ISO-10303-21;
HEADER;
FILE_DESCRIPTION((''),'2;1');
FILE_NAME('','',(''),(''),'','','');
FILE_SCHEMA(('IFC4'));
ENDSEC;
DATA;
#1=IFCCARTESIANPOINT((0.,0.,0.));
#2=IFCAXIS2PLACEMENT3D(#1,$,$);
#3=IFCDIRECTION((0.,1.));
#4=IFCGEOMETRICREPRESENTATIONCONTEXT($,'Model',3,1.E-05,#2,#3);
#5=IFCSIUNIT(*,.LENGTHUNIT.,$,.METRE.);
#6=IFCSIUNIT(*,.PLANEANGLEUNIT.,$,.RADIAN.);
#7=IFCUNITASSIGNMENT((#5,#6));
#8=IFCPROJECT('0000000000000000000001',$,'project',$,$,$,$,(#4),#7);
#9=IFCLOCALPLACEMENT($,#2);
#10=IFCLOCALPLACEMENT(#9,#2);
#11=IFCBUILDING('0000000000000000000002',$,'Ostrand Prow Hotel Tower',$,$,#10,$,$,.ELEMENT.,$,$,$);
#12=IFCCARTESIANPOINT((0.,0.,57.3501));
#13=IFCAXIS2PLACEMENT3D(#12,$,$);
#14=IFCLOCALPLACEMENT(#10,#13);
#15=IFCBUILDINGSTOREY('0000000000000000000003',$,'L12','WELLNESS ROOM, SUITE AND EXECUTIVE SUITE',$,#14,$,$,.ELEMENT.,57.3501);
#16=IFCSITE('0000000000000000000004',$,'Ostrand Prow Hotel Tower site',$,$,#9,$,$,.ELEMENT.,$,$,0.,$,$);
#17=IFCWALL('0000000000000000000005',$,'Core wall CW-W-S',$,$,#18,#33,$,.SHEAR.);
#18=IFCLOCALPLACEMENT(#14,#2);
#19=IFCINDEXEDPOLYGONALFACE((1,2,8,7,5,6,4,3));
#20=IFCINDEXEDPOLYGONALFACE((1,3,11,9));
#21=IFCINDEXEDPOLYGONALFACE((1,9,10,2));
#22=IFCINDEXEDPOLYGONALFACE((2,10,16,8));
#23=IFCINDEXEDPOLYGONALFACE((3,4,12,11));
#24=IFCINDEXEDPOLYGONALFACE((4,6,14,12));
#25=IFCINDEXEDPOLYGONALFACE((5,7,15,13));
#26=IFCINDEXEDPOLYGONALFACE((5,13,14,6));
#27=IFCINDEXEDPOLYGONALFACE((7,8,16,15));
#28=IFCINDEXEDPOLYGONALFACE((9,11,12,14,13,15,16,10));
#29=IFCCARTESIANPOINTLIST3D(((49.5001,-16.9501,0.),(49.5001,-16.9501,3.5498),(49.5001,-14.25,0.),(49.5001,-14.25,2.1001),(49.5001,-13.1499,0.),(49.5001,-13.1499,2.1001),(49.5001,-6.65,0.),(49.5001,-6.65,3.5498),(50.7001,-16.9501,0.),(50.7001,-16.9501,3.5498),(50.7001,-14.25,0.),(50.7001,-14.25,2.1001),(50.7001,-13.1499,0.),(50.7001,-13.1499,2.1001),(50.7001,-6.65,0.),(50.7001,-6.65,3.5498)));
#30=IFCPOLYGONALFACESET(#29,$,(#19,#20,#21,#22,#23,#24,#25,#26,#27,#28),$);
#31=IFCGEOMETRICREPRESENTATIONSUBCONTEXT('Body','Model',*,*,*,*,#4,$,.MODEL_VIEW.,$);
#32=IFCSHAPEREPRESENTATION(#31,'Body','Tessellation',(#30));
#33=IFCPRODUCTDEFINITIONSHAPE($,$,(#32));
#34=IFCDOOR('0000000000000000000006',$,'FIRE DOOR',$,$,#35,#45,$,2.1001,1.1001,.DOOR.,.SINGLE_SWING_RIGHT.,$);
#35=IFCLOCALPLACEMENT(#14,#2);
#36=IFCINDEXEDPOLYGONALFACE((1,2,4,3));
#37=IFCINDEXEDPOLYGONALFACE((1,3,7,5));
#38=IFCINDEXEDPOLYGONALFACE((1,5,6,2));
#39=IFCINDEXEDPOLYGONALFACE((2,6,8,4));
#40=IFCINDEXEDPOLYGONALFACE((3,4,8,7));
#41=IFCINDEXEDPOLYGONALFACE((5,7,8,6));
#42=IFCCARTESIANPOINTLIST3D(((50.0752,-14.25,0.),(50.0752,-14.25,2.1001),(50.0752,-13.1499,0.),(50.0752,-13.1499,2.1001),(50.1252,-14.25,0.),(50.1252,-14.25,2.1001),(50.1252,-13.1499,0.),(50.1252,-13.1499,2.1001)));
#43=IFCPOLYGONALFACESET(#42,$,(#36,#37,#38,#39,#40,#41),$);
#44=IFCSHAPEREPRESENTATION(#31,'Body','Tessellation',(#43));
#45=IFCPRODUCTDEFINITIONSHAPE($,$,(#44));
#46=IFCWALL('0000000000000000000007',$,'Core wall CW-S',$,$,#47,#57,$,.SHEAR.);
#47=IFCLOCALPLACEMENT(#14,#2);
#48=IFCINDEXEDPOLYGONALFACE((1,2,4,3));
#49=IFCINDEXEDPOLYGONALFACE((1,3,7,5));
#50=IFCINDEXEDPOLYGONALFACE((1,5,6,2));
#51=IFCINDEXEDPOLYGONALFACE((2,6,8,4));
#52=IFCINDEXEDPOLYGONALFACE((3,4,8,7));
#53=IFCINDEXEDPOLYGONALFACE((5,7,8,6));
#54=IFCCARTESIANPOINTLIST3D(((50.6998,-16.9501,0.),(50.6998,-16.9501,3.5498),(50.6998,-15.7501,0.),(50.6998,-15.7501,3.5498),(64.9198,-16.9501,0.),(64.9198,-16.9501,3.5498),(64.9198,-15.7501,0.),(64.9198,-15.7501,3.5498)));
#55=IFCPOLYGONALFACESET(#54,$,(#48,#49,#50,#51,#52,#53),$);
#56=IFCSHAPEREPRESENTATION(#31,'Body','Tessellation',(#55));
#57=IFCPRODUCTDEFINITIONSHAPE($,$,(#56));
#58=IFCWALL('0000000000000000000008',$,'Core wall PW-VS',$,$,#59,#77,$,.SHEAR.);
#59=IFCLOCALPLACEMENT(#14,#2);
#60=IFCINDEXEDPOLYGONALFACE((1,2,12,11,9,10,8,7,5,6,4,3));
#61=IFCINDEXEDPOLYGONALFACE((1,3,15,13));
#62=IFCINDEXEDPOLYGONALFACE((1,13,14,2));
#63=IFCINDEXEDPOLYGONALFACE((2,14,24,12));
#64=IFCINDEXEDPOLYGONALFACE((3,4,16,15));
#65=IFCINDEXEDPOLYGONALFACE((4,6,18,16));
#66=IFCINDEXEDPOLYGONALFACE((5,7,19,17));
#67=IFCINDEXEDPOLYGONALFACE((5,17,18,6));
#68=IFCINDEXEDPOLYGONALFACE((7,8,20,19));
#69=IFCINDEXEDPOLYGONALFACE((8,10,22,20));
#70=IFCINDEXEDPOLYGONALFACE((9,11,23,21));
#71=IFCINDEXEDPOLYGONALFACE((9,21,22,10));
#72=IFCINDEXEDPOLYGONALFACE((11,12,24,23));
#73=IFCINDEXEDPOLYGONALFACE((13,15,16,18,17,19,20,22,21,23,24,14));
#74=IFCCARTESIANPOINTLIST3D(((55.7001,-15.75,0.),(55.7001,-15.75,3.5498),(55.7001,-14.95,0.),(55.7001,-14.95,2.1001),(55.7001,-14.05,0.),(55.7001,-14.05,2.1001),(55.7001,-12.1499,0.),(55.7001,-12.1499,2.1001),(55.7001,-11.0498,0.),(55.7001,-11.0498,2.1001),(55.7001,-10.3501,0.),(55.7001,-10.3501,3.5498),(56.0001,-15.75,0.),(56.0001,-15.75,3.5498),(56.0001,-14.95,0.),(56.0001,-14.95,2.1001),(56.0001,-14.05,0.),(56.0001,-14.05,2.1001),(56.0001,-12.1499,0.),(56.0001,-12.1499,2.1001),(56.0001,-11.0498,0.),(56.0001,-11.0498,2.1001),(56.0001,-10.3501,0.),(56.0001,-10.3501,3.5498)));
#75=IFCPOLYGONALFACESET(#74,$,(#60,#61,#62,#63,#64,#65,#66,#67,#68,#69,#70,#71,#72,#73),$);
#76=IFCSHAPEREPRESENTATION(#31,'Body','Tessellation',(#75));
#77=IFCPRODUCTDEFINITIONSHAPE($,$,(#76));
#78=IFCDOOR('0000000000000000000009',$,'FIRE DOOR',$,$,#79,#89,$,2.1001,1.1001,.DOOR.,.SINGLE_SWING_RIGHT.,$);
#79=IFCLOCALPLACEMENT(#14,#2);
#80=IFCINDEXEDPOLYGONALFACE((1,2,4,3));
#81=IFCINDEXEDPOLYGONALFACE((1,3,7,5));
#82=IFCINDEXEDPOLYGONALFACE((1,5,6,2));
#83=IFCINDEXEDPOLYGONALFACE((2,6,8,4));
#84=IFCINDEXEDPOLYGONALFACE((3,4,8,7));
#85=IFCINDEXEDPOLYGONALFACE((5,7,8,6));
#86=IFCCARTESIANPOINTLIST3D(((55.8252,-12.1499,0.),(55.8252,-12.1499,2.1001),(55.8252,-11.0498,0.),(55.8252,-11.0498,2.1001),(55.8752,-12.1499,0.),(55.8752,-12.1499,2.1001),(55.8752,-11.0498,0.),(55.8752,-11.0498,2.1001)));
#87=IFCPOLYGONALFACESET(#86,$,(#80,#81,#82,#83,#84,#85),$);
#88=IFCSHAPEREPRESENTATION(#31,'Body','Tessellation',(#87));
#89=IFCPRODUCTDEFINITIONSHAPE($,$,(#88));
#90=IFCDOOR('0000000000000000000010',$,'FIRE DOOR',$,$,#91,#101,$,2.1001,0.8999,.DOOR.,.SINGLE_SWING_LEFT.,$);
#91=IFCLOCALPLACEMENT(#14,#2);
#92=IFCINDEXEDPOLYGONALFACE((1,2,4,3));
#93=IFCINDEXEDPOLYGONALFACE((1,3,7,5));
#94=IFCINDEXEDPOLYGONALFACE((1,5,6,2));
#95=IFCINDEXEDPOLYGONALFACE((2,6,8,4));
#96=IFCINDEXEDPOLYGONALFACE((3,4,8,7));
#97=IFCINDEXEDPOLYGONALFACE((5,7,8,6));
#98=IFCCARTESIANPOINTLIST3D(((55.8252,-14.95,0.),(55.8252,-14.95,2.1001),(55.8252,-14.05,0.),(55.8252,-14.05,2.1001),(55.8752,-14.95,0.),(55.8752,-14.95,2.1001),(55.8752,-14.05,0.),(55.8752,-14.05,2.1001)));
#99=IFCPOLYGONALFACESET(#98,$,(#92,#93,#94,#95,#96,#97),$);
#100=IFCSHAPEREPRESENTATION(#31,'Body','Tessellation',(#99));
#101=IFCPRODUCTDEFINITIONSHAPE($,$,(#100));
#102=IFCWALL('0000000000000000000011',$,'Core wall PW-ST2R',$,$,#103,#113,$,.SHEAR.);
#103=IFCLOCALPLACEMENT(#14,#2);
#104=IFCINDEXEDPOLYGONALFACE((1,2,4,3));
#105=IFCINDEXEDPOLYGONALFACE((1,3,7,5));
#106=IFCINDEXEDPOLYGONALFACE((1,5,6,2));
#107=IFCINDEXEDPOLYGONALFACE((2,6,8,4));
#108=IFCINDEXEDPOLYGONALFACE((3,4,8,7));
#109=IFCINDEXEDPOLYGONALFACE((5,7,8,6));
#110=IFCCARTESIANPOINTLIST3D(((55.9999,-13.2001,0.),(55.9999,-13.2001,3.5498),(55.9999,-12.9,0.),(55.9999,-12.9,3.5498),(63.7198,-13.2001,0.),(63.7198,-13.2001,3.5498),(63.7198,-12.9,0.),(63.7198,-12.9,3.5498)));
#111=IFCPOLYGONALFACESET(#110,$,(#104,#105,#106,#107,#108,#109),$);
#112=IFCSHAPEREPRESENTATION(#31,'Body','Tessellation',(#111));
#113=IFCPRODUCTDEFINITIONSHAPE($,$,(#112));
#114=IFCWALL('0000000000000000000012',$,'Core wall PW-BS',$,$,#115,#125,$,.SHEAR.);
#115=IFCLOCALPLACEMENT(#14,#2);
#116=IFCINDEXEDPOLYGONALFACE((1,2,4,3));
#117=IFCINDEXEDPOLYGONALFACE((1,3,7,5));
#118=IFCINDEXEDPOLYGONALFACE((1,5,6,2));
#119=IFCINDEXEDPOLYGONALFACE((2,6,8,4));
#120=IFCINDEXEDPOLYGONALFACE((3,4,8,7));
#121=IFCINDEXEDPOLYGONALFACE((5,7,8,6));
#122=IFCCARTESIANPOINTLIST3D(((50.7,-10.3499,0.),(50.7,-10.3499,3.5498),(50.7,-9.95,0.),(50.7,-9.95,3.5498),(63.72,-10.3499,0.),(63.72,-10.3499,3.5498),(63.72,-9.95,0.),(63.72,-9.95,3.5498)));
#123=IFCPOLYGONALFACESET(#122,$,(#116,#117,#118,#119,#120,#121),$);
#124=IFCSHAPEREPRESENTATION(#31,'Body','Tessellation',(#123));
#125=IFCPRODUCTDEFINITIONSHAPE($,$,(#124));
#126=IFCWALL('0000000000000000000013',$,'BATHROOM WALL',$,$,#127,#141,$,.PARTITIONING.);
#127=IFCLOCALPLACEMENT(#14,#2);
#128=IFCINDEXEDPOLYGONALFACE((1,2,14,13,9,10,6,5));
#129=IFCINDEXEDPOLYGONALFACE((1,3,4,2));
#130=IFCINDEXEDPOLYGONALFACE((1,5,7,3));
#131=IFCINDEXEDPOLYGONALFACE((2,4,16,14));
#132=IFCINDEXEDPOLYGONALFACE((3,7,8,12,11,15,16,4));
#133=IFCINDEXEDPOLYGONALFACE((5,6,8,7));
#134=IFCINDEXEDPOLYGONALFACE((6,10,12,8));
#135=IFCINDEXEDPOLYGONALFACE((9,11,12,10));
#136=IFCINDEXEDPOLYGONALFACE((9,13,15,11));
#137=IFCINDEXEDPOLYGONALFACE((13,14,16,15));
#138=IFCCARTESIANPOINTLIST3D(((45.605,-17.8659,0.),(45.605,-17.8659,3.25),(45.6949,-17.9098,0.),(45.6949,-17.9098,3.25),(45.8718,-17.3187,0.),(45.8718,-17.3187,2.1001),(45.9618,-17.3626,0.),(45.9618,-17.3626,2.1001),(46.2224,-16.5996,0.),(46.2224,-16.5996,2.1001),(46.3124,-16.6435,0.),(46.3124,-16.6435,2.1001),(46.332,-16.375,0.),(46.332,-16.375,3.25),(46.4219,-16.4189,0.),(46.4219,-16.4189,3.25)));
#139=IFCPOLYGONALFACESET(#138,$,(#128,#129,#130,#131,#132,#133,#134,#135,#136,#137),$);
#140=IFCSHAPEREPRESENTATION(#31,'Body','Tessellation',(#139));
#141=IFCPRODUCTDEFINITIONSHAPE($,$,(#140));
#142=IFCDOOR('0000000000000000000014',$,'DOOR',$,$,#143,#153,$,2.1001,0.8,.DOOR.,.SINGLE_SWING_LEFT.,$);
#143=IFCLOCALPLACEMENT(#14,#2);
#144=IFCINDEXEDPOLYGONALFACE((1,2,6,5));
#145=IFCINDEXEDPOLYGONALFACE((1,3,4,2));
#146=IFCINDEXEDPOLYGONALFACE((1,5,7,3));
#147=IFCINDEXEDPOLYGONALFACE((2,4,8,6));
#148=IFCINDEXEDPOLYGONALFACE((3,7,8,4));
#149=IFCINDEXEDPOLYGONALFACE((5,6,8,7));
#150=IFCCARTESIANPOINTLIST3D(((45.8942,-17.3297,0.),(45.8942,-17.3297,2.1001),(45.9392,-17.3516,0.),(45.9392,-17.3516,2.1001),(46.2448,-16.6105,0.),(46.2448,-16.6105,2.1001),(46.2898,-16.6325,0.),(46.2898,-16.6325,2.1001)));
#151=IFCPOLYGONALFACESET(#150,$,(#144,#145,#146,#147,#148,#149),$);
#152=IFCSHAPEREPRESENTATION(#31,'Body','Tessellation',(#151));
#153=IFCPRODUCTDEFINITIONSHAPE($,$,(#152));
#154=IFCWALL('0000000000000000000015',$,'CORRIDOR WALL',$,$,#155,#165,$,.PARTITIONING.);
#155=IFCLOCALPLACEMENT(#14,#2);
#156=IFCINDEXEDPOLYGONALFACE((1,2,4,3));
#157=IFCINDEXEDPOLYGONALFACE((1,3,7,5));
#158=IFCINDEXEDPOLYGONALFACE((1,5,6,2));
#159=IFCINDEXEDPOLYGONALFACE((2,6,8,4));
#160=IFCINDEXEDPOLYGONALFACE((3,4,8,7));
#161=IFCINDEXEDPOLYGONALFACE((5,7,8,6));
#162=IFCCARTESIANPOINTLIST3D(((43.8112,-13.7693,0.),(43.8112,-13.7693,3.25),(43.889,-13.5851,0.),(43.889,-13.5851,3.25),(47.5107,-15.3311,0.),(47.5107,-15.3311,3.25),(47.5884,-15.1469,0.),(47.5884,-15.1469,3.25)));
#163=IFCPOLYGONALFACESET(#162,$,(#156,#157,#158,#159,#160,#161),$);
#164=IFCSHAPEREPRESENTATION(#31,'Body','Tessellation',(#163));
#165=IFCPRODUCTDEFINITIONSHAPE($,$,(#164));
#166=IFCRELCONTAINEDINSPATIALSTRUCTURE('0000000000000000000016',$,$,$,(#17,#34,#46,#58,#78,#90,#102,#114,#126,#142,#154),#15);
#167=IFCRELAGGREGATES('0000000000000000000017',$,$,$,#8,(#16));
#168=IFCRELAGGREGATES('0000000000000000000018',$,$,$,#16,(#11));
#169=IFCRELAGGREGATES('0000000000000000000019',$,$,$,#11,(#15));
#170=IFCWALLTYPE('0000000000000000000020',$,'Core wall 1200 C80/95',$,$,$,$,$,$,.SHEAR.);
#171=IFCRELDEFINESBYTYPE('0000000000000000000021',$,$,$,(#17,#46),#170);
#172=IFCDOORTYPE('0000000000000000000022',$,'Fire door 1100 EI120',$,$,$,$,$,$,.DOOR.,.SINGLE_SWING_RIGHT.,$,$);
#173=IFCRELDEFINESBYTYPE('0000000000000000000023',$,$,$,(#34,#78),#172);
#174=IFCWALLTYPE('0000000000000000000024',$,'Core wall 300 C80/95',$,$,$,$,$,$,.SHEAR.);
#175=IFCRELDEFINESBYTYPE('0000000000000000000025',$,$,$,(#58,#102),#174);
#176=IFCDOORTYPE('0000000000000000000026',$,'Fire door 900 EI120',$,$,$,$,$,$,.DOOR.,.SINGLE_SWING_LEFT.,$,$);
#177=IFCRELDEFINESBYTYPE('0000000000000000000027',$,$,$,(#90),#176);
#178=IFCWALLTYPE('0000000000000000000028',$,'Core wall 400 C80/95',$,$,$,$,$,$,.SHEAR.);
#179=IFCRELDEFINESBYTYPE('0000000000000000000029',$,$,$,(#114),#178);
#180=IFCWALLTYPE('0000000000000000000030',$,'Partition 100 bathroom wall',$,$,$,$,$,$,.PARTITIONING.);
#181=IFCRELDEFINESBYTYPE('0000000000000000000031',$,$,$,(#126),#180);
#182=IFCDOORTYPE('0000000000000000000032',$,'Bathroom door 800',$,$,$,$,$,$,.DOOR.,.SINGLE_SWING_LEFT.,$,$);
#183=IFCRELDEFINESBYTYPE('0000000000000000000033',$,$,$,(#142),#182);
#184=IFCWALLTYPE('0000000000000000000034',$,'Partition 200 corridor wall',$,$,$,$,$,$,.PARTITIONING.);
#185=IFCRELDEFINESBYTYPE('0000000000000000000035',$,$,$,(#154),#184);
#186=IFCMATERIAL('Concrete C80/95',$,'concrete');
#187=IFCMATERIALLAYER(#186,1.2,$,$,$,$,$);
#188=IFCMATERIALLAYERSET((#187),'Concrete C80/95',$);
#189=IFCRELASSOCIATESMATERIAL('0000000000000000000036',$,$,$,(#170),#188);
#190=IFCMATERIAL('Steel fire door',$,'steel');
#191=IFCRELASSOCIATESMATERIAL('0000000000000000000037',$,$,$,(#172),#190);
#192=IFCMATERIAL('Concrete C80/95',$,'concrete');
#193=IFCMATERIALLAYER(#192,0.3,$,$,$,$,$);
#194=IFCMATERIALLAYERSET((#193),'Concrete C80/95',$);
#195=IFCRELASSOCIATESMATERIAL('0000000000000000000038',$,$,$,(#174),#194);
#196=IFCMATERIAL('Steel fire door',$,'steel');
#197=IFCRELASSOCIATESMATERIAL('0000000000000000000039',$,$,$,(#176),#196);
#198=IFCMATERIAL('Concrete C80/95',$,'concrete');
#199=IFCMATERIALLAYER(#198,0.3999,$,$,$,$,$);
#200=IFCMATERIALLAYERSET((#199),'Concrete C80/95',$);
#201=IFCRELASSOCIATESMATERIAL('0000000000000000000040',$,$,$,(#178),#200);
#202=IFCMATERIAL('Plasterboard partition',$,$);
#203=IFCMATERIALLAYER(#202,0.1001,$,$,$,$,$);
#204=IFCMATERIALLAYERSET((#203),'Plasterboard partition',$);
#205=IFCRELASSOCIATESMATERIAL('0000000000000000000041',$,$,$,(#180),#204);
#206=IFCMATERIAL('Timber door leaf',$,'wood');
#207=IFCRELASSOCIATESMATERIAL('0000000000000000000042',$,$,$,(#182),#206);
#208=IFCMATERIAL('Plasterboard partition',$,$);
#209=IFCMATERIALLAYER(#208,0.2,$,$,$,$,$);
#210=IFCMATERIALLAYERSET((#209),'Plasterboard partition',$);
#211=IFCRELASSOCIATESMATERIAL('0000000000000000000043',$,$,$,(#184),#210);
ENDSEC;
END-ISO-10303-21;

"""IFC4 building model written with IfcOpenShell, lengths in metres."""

from ifc_helpers import new_model, si_unit, direction, frame, frame_2d, origin, place, context, subcontext, project, spatial, rectangle, extrude, material, layer, layer_set, type_object, element, fill, save


model = new_model("IFC4")

# Units and contexts
model_context = context("Model", 3, precision=1e-05, world=origin(), true_north=direction((0.0, 1.0)))
body_context = subcontext(model_context, "Body", "Model", "MODEL_VIEW")
ifc_project = project(units=[si_unit("LENGTHUNIT", "METRE"), si_unit("PLANEANGLEUNIT", "RADIAN")], contexts=[model_context])

# Site, building, storey
site_placement = place(None, origin())
site = spatial("IfcSite", under=ifc_project, at=site_placement, Name="Ostrand Prow Hotel Tower site", CompositionType="ELEMENT", RefElevation=0.0)
building_placement = place(site_placement, origin())
building = spatial("IfcBuilding", under=site, at=building_placement, Name="Ostrand Prow Hotel Tower", CompositionType="ELEMENT")
storey_placement = place(building_placement, frame((0.0, 0.0, 57.3501)))
storey = spatial("IfcBuildingStorey", under=building, at=storey_placement, Name="L12", Description="WELLNESS ROOM, SUITE AND EXECUTIVE SUITE", CompositionType="ELEMENT", Elevation=57.3501)

# Wall, opening, door
ifc_material_1 = material(Name="Concrete C80/95", Category="concrete")
ifc_layer_1 = layer(ifc_material_1, 1.2)
ifc_layer_set_1 = layer_set([ifc_layer_1], Name="Concrete C80/95")
wall_type_1 = type_object("IfcWallType", Name="Core wall 1200 C80/95", PredefinedType="SHEAR", material=ifc_layer_set_1)
wall_1_placement = place(storey_placement, frame((50.1001, -16.95, 0.0), z_axis=(0.0, 0.0, 1.0), x_axis=(0.0, 1.0, 0.0)))
wall_1 = element("IfcWall", 1, at=wall_1_placement, inside=storey, type_object=wall_type_1, Name="Core wall CW-W-S", PredefinedType="SHEAR", context=body_context, shape_type="SweptSolid", body=[
    extrude(rectangle(XDim=10.3, YDim=1.2, at=frame_2d((5.1499, 0.0))), origin(), (0.0, 0.0, 1.0), 3.5498),
])
opening_1_placement = place(wall_1_placement, frame((2.7, 0.0, 0.0)))
opening_1 = element("IfcOpeningElement", 2, at=opening_1_placement, cuts=wall_1, PredefinedType="OPENING", context=body_context, shape_type="SweptSolid", body=[
    extrude(rectangle(XDim=1.1001, YDim=2.1001, at=frame_2d((0.55, 1.05))), frame((0.0, 0.6099, 0.0), z_axis=(0.0, -1.0, 0.0), x_axis=(1.0, 0.0, 0.0)), (0.0, 0.0, 1.0), 1.22),
])
ifc_material_2 = material(Name="Steel fire door", Category="steel")
door_type_1 = type_object("IfcDoorType", Name="Fire door 1100 EI120", OperationType="SINGLE_SWING_RIGHT", PredefinedType="DOOR", material=ifc_material_2)
door_1_placement = place(opening_1_placement, origin())
door_1 = element("IfcDoor", 3, at=door_1_placement, inside=storey, type_object=door_type_1, Name="FIRE DOOR", OperationType="SINGLE_SWING_RIGHT", OverallHeight=2.1001, OverallWidth=1.1001, PredefinedType="DOOR", context=body_context, shape_type="SweptSolid", body=[
    extrude(rectangle(XDim=1.1001, YDim=2.1001, at=frame_2d((0.55, 1.05))), frame((0.0, 0.0249, 0.0), z_axis=(0.0, -1.0, 0.0), x_axis=(1.0, 0.0, 0.0)), (0.0, 0.0, 1.0), 0.05),
])
fill(opening_1, door_1)

# Wall
wall_2_placement = place(storey_placement, frame((50.7, -16.3501, 0.0), z_axis=(0.0, 0.0, 1.0), x_axis=(1.0, 0.0, 0.0)))
element("IfcWall", 4, at=wall_2_placement, inside=storey, type_object=wall_type_1, Name="Core wall CW-S", PredefinedType="SHEAR", context=body_context, shape_type="SweptSolid", body=[
    extrude(rectangle(XDim=14.22, YDim=1.2, at=frame_2d((7.1099, 0.0))), origin(), (0.0, 0.0, 1.0), 3.5498),
])

# Wall, openings, doors
ifc_material_3 = material(Name="Concrete C80/95", Category="concrete")
ifc_layer_2 = layer(ifc_material_3, 0.3)
ifc_layer_set_2 = layer_set([ifc_layer_2], Name="Concrete C80/95")
wall_type_2 = type_object("IfcWallType", Name="Core wall 300 C80/95", PredefinedType="SHEAR", material=ifc_layer_set_2)
wall_3_placement = place(storey_placement, frame((55.8501, -15.75, 0.0), z_axis=(0.0, 0.0, 1.0), x_axis=(0.0, 1.0, 0.0)))
wall_3 = element("IfcWall", 5, at=wall_3_placement, inside=storey, type_object=wall_type_2, Name="Core wall PW-VS", PredefinedType="SHEAR", context=body_context, shape_type="SweptSolid", body=[
    extrude(rectangle(XDim=5.3999, YDim=0.3, at=frame_2d((2.7, 0.0))), origin(), (0.0, 0.0, 1.0), 3.5498),
])
opening_2_placement = place(wall_3_placement, frame((3.6001, 0.0, 0.0)))
opening_2 = element("IfcOpeningElement", 6, at=opening_2_placement, cuts=wall_3, PredefinedType="OPENING", context=body_context, shape_type="SweptSolid", body=[
    extrude(rectangle(XDim=1.1001, YDim=2.1001, at=frame_2d((0.55, 1.05))), frame((0.0, 0.1599, 0.0), z_axis=(0.0, -1.0, 0.0), x_axis=(1.0, 0.0, 0.0)), (0.0, 0.0, 1.0), 0.3201),
])
opening_3_placement = place(wall_3_placement, frame((0.8, 0.0, 0.0)))
opening_3 = element("IfcOpeningElement", 7, at=opening_3_placement, cuts=wall_3, PredefinedType="OPENING", context=body_context, shape_type="SweptSolid", body=[
    extrude(rectangle(XDim=0.8999, YDim=2.1001, at=frame_2d((0.45, 1.05))), frame((0.0, 0.1599, 0.0), z_axis=(0.0, -1.0, 0.0), x_axis=(1.0, 0.0, 0.0)), (0.0, 0.0, 1.0), 0.3201),
])
door_2_placement = place(opening_2_placement, origin())
door_2 = element("IfcDoor", 8, at=door_2_placement, inside=storey, type_object=door_type_1, Name="FIRE DOOR", OperationType="SINGLE_SWING_RIGHT", OverallHeight=2.1001, OverallWidth=1.1001, PredefinedType="DOOR", context=body_context, shape_type="SweptSolid", body=[
    extrude(rectangle(XDim=1.1001, YDim=2.1001, at=frame_2d((0.55, 1.05))), frame((0.0, 0.0249, 0.0), z_axis=(0.0, -1.0, 0.0), x_axis=(1.0, 0.0, 0.0)), (0.0, 0.0, 1.0), 0.05),
])
fill(opening_2, door_2)
ifc_material_4 = material(Name="Steel fire door", Category="steel")
door_type_2 = type_object("IfcDoorType", Name="Fire door 900 EI120", OperationType="SINGLE_SWING_LEFT", PredefinedType="DOOR", material=ifc_material_4)
door_3_placement = place(opening_3_placement, origin())
door_3 = element("IfcDoor", 9, at=door_3_placement, inside=storey, type_object=door_type_2, Name="FIRE DOOR", OperationType="SINGLE_SWING_LEFT", OverallHeight=2.1001, OverallWidth=0.8999, PredefinedType="DOOR", context=body_context, shape_type="SweptSolid", body=[
    extrude(rectangle(XDim=0.8999, YDim=2.1001, at=frame_2d((0.45, 1.05))), frame((0.0, 0.0249, 0.0), z_axis=(0.0, -1.0, 0.0), x_axis=(1.0, 0.0, 0.0)), (0.0, 0.0, 1.0), 0.05),
])
fill(opening_3, door_3)

# Walls
wall_4_placement = place(storey_placement, frame((56.0, -13.05, 0.0), z_axis=(0.0, 0.0, 1.0), x_axis=(1.0, 0.0, 0.0)))
element("IfcWall", 10, at=wall_4_placement, inside=storey, type_object=wall_type_2, Name="Core wall PW-ST2R", PredefinedType="SHEAR", context=body_context, shape_type="SweptSolid", body=[
    extrude(rectangle(XDim=7.72, YDim=0.3, at=frame_2d((3.8599, 0.0))), origin(), (0.0, 0.0, 1.0), 3.5498),
])
ifc_material_5 = material(Name="Concrete C80/95", Category="concrete")
ifc_layer_3 = layer(ifc_material_5, 0.3999)
ifc_layer_set_3 = layer_set([ifc_layer_3], Name="Concrete C80/95")
wall_type_3 = type_object("IfcWallType", Name="Core wall 400 C80/95", PredefinedType="SHEAR", material=ifc_layer_set_3)
wall_5_placement = place(storey_placement, frame((50.7, -10.1499, 0.0), z_axis=(0.0, 0.0, 1.0), x_axis=(1.0, 0.0, 0.0)))
element("IfcWall", 11, at=wall_5_placement, inside=storey, type_object=wall_type_3, Name="Core wall PW-BS", PredefinedType="SHEAR", context=body_context, shape_type="SweptSolid", body=[
    extrude(rectangle(XDim=13.02, YDim=0.3999, at=frame_2d((6.51, 0.0))), origin(), (0.0, 0.0, 1.0), 3.5498),
])

# Wall, opening, door
ifc_material_6 = material(Name="Plasterboard partition")
ifc_layer_4 = layer(ifc_material_6, 0.1001)
ifc_layer_set_4 = layer_set([ifc_layer_4], Name="Plasterboard partition")
wall_type_4 = type_object("IfcWallType", Name="Partition 100 bathroom wall", PredefinedType="PARTITIONING", material=ifc_layer_set_4)
wall_6_placement = place(storey_placement, frame((46.377, -16.397, 0.0), z_axis=(0.0, 0.0, 1.0), x_axis=(-0.438302, -0.898828, 0.0)))
wall_6 = element("IfcWall", 12, at=wall_6_placement, inside=storey, type_object=wall_type_4, Name="BATHROOM WALL", PredefinedType="PARTITIONING", context=body_context, shape_type="SweptSolid", body=[
    extrude(rectangle(XDim=1.6587, YDim=0.1001, at=frame_2d((0.8293, 0.0))), origin(), (0.0, 0.0, 1.0), 3.25),
])
opening_4_placement = place(wall_6_placement, frame((0.25, 0.0, 0.0)))
opening_4 = element("IfcOpeningElement", 13, at=opening_4_placement, cuts=wall_6, PredefinedType="OPENING", context=body_context, shape_type="SweptSolid", body=[
    extrude(rectangle(XDim=0.8, YDim=2.1001, at=frame_2d((0.3999, 1.05))), frame((0.0, 0.0601, 0.0), z_axis=(0.0, -1.0, 0.0), x_axis=(1.0, 0.0, 0.0)), (0.0, 0.0, 1.0), 0.1201),
])
ifc_material_7 = material(Name="Timber door leaf", Category="wood")
door_type_3 = type_object("IfcDoorType", Name="Bathroom door 800", OperationType="SINGLE_SWING_LEFT", PredefinedType="DOOR", material=ifc_material_7)
door_4_placement = place(opening_4_placement, origin())
door_4 = element("IfcDoor", 14, at=door_4_placement, inside=storey, type_object=door_type_3, Name="DOOR", OperationType="SINGLE_SWING_LEFT", OverallHeight=2.1001, OverallWidth=0.8, PredefinedType="DOOR", context=body_context, shape_type="SweptSolid", body=[
    extrude(rectangle(XDim=0.8, YDim=2.1001, at=frame_2d((0.3999, 1.05))), frame((0.0, 0.0249, 0.0), z_axis=(0.0, -1.0, 0.0), x_axis=(1.0, 0.0, 0.0)), (0.0, 0.0, 1.0), 0.05),
])
fill(opening_4, door_4)

# Wall
ifc_material_8 = material(Name="Plasterboard partition")
ifc_layer_5 = layer(ifc_material_8, 0.2)
ifc_layer_set_5 = layer_set([ifc_layer_5], Name="Plasterboard partition")
wall_type_5 = type_object("IfcWallType", Name="Partition 200 corridor wall", PredefinedType="PARTITIONING", material=ifc_layer_set_5)
wall_7_placement = place(storey_placement, frame((47.5496, -15.239, 0.0), z_axis=(0.0, 0.0, 1.0), x_axis=(-0.92127, 0.388924, 0.0)))
element("IfcWall", 15, at=wall_7_placement, inside=storey, type_object=wall_type_5, Name="CORRIDOR WALL", PredefinedType="PARTITIONING", context=body_context, shape_type="SweptSolid", body=[
    extrude(rectangle(XDim=4.0156, YDim=0.2, at=frame_2d((2.0078, 0.0))), origin(), (0.0, 0.0, 1.0), 3.25),
])

save(model, "model.ifc")
